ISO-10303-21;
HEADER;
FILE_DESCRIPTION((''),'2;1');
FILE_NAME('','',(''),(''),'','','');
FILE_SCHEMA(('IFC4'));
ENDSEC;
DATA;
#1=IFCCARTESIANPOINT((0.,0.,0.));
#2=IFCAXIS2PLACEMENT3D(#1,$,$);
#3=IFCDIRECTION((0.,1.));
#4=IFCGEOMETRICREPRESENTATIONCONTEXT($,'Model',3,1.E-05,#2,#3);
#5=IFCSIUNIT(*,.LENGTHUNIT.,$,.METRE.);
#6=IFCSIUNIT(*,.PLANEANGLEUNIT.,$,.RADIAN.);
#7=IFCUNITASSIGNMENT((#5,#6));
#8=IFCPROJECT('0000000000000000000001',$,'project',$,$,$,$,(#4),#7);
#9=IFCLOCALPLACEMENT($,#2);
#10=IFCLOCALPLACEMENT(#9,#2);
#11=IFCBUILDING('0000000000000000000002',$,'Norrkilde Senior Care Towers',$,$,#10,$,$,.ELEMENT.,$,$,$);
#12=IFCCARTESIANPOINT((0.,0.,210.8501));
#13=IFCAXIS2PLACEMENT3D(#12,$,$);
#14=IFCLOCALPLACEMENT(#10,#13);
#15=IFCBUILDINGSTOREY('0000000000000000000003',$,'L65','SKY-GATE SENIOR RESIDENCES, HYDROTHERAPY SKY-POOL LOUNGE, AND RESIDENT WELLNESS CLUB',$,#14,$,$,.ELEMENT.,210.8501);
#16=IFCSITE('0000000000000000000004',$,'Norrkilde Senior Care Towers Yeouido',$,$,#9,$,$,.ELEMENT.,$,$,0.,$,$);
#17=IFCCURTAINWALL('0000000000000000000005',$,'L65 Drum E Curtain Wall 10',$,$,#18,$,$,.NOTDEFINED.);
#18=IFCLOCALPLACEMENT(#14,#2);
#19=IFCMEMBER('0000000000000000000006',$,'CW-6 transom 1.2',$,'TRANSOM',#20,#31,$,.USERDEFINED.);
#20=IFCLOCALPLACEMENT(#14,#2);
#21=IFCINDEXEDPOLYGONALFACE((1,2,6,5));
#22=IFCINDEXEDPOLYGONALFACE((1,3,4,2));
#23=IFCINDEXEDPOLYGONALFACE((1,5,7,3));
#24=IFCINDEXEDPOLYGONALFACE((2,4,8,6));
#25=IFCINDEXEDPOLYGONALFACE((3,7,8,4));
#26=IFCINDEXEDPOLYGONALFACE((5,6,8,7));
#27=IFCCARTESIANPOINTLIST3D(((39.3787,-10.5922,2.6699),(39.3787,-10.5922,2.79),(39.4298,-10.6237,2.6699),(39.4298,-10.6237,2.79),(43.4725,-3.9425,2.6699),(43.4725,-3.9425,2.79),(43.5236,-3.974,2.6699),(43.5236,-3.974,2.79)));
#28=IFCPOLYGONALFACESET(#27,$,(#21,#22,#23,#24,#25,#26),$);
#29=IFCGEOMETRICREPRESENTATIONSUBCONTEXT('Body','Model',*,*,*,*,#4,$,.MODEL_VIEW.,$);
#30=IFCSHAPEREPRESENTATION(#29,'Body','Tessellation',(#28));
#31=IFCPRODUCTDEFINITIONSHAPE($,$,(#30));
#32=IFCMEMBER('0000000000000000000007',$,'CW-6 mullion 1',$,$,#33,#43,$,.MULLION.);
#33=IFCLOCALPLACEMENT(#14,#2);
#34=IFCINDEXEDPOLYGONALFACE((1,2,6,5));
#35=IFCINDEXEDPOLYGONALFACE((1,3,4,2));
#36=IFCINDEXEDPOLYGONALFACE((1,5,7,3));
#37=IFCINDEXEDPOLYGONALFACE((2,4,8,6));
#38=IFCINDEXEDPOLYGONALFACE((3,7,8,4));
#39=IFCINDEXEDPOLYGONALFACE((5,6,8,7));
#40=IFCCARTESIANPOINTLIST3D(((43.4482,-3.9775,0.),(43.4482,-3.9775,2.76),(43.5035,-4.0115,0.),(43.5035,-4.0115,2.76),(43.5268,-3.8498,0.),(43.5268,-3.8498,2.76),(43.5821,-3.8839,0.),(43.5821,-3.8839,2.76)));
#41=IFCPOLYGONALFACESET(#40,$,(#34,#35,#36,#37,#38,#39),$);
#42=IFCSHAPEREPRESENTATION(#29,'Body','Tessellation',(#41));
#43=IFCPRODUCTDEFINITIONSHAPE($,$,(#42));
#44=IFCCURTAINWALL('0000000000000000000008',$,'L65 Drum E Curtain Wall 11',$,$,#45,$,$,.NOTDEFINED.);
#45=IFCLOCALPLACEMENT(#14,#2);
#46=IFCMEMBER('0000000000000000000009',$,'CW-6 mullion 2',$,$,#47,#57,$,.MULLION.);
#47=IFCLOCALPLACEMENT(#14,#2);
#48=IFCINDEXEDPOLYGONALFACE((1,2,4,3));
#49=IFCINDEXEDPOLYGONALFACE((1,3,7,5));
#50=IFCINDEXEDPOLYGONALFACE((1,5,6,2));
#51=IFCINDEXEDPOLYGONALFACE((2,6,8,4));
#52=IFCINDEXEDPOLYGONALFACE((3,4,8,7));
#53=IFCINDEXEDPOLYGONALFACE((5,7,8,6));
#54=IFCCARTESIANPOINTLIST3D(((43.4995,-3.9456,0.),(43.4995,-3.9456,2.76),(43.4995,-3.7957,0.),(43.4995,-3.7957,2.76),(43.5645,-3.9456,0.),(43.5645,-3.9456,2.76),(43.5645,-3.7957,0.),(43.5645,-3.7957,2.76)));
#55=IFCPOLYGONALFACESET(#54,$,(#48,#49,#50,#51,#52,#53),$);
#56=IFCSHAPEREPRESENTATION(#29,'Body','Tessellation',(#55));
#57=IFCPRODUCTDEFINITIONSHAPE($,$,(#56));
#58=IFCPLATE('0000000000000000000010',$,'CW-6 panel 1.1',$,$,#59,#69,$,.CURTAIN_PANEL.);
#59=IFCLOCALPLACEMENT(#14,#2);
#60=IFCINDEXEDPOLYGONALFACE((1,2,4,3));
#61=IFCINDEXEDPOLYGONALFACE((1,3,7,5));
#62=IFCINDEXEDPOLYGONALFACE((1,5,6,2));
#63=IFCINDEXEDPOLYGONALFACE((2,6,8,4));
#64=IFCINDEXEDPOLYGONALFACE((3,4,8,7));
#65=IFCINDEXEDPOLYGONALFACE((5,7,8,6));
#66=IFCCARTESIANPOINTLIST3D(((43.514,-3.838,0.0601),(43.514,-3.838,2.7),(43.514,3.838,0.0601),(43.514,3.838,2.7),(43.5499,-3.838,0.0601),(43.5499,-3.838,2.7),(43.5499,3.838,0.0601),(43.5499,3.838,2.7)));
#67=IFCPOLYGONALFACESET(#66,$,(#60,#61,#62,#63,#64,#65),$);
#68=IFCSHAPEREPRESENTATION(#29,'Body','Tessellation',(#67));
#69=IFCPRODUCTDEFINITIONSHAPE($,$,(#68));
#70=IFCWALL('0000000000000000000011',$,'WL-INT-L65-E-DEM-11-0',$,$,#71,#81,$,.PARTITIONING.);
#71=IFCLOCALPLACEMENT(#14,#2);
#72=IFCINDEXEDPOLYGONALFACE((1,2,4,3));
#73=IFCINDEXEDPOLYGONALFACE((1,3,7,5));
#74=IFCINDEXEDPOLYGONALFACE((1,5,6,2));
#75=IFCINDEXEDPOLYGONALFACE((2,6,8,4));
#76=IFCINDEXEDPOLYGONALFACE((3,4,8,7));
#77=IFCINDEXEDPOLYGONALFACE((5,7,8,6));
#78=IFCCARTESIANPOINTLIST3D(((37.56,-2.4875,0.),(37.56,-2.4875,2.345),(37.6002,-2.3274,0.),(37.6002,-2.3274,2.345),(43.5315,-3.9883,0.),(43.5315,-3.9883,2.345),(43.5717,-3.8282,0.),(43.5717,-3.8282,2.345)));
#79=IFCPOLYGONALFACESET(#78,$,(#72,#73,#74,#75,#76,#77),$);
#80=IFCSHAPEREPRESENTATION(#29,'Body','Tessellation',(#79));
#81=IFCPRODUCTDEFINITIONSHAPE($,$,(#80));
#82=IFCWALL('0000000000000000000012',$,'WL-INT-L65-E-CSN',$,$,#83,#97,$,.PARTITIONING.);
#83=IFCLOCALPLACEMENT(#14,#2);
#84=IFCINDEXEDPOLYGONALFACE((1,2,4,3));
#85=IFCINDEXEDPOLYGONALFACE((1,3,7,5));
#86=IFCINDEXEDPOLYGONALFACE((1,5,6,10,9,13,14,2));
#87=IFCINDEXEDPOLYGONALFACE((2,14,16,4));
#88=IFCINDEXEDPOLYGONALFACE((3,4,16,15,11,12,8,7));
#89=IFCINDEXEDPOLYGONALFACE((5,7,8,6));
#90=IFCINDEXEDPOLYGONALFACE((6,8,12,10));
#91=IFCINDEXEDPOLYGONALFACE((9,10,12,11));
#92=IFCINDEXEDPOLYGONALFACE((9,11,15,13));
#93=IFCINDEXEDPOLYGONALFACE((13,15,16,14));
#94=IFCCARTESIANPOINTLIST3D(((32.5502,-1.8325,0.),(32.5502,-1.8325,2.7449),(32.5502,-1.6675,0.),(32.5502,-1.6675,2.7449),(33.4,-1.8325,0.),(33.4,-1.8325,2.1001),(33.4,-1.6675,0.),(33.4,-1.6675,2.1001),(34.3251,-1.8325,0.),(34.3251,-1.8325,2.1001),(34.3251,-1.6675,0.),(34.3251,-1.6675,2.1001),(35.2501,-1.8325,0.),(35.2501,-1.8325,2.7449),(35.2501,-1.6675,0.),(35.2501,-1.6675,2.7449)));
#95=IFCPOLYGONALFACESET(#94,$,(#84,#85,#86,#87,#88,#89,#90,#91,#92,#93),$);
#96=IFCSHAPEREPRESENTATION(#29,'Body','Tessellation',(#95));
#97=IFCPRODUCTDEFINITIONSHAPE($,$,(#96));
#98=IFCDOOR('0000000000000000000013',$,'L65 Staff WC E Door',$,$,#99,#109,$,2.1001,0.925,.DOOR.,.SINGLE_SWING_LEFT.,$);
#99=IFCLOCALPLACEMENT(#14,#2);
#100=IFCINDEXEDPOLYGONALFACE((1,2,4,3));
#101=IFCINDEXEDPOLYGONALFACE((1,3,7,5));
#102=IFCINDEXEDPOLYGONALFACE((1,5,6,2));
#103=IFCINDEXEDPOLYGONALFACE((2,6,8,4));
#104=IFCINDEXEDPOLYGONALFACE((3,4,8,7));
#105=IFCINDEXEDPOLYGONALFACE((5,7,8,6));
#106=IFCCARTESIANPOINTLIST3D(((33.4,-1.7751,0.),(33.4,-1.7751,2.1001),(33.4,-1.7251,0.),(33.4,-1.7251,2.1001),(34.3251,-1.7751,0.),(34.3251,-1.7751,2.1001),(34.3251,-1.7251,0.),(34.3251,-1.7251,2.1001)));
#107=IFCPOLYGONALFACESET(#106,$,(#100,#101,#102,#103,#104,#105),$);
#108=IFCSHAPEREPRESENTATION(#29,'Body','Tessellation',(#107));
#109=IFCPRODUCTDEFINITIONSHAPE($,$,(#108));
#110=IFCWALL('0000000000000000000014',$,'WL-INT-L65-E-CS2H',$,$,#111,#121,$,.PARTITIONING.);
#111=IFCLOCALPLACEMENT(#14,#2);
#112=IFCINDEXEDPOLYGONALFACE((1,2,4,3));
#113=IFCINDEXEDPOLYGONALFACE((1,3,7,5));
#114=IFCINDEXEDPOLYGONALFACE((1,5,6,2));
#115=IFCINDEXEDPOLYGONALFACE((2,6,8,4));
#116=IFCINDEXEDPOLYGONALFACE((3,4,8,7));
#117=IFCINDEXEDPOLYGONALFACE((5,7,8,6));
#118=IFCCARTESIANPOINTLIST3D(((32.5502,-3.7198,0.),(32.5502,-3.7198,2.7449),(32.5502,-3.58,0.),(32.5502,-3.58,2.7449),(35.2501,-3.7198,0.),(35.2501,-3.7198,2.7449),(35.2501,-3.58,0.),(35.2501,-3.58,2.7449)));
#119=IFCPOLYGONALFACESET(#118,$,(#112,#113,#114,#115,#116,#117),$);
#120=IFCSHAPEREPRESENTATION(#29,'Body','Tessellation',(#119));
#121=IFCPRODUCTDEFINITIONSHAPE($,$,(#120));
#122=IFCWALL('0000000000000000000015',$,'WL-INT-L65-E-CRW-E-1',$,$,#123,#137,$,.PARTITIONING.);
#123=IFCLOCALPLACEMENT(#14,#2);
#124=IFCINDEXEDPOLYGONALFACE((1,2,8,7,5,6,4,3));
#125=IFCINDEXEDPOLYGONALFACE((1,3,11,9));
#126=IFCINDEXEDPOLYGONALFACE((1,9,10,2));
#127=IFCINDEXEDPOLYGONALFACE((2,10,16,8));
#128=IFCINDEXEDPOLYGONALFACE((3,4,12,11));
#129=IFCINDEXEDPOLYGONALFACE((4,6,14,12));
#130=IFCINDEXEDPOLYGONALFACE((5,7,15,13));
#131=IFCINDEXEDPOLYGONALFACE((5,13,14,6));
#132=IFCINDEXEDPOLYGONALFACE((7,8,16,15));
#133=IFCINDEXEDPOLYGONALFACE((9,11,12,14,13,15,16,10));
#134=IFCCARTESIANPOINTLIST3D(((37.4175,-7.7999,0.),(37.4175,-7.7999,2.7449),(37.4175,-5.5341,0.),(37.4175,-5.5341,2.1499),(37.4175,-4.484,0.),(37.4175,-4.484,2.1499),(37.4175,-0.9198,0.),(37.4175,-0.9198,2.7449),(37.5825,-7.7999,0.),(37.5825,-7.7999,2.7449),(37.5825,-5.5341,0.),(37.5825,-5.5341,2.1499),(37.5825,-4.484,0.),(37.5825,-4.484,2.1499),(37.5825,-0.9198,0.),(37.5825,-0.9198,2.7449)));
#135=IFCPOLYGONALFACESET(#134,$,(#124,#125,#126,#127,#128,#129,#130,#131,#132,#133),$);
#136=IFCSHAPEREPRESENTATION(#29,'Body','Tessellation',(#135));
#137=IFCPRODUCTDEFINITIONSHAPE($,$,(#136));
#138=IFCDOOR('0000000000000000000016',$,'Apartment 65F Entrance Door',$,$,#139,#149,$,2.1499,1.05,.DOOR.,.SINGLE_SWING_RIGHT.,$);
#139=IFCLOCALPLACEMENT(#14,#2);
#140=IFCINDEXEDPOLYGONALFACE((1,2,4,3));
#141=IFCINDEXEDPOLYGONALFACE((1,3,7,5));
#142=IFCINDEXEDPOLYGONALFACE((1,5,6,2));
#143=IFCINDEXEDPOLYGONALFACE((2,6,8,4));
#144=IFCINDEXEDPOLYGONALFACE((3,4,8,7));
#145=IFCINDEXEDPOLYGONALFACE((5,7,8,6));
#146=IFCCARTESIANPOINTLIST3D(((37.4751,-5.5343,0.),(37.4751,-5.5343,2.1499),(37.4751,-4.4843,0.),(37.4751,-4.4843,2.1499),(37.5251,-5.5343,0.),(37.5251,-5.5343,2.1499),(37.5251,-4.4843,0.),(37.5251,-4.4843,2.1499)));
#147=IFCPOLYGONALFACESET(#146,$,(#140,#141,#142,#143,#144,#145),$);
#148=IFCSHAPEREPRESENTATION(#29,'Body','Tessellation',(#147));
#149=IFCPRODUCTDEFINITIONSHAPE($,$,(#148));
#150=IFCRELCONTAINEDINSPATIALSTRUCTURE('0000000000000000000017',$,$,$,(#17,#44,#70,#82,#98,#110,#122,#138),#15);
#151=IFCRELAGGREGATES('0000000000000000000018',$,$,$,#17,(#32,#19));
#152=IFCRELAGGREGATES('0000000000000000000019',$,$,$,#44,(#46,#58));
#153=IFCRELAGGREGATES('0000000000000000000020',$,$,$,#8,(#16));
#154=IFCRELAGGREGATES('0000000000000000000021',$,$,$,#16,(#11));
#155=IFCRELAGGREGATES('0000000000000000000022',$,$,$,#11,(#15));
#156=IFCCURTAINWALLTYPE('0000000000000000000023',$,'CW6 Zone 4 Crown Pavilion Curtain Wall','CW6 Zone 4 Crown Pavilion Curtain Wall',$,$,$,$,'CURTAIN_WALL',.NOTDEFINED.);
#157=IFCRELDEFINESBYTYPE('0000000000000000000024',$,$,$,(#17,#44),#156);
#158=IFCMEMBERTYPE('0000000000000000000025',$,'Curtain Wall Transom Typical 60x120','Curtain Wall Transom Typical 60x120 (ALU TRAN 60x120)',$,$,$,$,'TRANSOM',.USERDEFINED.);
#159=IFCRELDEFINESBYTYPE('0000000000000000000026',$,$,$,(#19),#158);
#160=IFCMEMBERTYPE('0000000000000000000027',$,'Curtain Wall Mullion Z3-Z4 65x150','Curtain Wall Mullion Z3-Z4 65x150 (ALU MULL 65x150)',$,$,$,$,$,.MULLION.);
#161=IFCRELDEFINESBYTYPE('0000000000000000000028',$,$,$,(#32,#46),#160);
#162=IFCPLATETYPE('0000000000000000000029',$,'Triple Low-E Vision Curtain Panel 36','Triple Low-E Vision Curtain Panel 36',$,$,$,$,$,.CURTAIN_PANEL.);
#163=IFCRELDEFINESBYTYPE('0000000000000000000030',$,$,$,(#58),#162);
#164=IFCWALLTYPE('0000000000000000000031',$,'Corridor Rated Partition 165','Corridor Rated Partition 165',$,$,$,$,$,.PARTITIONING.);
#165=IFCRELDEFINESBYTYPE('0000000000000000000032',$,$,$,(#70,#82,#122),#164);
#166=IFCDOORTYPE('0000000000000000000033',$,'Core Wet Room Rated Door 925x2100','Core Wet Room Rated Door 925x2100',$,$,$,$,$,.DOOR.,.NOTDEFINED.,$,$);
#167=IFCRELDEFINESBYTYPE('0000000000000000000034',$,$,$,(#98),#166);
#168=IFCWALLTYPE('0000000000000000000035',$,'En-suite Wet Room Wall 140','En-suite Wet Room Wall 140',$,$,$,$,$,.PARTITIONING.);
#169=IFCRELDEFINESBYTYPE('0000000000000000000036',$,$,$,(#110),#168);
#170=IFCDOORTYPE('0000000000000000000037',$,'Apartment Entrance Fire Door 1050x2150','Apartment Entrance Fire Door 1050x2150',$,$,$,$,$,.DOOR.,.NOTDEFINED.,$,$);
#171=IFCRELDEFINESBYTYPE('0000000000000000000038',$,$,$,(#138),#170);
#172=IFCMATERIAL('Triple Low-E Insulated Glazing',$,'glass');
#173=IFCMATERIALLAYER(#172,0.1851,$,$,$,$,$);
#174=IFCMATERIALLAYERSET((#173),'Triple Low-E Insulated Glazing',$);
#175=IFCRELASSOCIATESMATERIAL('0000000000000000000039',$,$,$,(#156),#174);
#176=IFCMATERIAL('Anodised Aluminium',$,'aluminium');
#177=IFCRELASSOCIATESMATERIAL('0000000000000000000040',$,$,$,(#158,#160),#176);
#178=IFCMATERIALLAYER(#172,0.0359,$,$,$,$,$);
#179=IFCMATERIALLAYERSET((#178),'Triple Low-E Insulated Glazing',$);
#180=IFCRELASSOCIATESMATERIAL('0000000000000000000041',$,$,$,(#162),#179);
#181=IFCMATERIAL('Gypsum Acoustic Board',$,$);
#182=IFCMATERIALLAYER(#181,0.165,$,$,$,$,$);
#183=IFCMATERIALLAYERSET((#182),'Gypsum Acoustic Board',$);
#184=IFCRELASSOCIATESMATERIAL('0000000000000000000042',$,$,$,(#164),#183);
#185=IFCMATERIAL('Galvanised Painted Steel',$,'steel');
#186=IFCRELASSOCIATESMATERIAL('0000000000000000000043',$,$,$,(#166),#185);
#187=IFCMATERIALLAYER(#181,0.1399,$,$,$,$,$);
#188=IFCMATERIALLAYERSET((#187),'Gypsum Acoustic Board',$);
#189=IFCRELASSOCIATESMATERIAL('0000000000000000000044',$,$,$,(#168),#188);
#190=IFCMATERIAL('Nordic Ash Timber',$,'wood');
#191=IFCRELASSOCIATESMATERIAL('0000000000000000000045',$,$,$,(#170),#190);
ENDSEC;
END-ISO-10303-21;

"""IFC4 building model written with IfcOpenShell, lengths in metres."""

from ifc_helpers import new_model, si_unit, direction, frame, frame_2d, origin, origin_2d, place, context, subcontext, project, spatial, rectangle, extrude, source, transform, mapped, material, layer, layer_set, material_profile, profile_set, type_object, type_shapes, element, fill, aggregate, save


model = new_model("IFC4")

# Units and contexts
model_context = context("Model", 3, precision=1e-05, world=origin(), true_north=direction((0.0, 1.0)))
body_context = subcontext(model_context, "Body", "Model", "MODEL_VIEW")
ifc_project = project(units=[si_unit("LENGTHUNIT", "METRE"), si_unit("PLANEANGLEUNIT", "RADIAN")], contexts=[model_context])

# Site, building, storey
site_placement = place(None, origin())
site = spatial("IfcSite", under=ifc_project, at=site_placement, Name="Norrkilde Senior Care Towers Yeouido", CompositionType="ELEMENT", RefElevation=0.0)
building_placement = place(site_placement, origin())
building = spatial("IfcBuilding", under=site, at=building_placement, Name="Norrkilde Senior Care Towers", CompositionType="ELEMENT")
storey_placement = place(building_placement, frame((0.0, 0.0, 210.8501)))
storey = spatial("IfcBuildingStorey", under=building, at=storey_placement, Name="L65", Description="SKY-GATE SENIOR RESIDENCES, HYDROTHERAPY SKY-POOL LOUNGE, AND RESIDENT WELLNESS CLUB", CompositionType="ELEMENT", Elevation=210.8501)

# Curtain wall, members
ifc_material_1 = material(Name="Triple Low-E Insulated Glazing", Category="glass")
ifc_layer_1 = layer(ifc_material_1, 0.1851)
ifc_layer_set_1 = layer_set([ifc_layer_1], Name="Triple Low-E Insulated Glazing")
curtain_wall_type = type_object("IfcCurtainWallType", Name="CW6 Zone 4 Crown Pavilion Curtain Wall", Description="CW6 Zone 4 Crown Pavilion Curtain Wall", ElementType="CURTAIN_WALL", PredefinedType="NOTDEFINED", material=ifc_layer_set_1)
curtain_wall_1_placement = place(storey_placement, origin())
curtain_wall_1 = element("IfcCurtainWall", 1, at=curtain_wall_1_placement, inside=storey, type_object=curtain_wall_type, Name="L65 Drum E Curtain Wall 10", PredefinedType="NOTDEFINED")
ifc_material_2 = material(Name="Anodised Aluminium", Category="aluminium")
ifc_material_profile_1 = material_profile(ifc_material_2, rectangle(XDim=0.0601, YDim=0.1201, at=origin_2d()), Name="ALU TRAN 60x120")
ifc_profile_set_1 = profile_set([ifc_material_profile_1], Name="Anodised Aluminium")
member_type_1 = type_object("IfcMemberType", Name="Curtain Wall Transom Typical 60x120", Description="Curtain Wall Transom Typical 60x120 (ALU TRAN 60x120)", ElementType="TRANSOM", PredefinedType="USERDEFINED", material=ifc_profile_set_1)
shared_shape_1 = source(origin(), body_context, "Body", "SweptSolid", [
    extrude(rectangle(XDim=0.0601, YDim=0.1201, at=origin_2d()), origin(), (0.0, 0.0, 1.0), 7.8088),
])
type_shapes(member_type_1, [shared_shape_1])
member_1_placement = place(storey_placement, frame((43.498, -3.9583, 2.73), z_axis=(-0.524251, -0.851564, 0.0), x_axis=(0.851564, -0.524251, 0.0)))
member_1 = element("IfcMember", 2, at=member_1_placement, type_object=member_type_1, Name="CW-6 transom 1.2", ObjectType="TRANSOM", PredefinedType="USERDEFINED", context=body_context, shape_type="MappedRepresentation", body=[
    mapped(shared_shape_1, transform((0.0, 0.0, 0.0), x_axis=(1.0, 0.0, 0.0), y_axis=(0.0, 1.0, 0.0), z_axis=(0.0, 0.0, 1.0), scale=1.0)),
])
ifc_material_profile_2 = material_profile(ifc_material_2, rectangle(XDim=0.0649, YDim=0.1499, at=origin_2d()), Name="ALU MULL 65x150")
ifc_profile_set_2 = profile_set([ifc_material_profile_2], Name="Anodised Aluminium")
member_type_2 = type_object("IfcMemberType", Name="Curtain Wall Mullion Z3-Z4 65x150", Description="Curtain Wall Mullion Z3-Z4 65x150 (ALU MULL 65x150)", PredefinedType="MULLION", material=ifc_profile_set_2)
shared_shape_2 = source(origin(), body_context, "Body", "SweptSolid", [
    extrude(rectangle(XDim=0.0649, YDim=0.1499, at=origin_2d()), origin(), (0.0, 0.0, 1.0), 2.76),
])
type_shapes(member_type_2, [shared_shape_2])
member_2_placement = place(storey_placement, frame((43.5151, -3.9307, 0.0), z_axis=(0.0, 0.0, 1.0), x_axis=(0.851563, -0.524253, 0.0)))
member_2 = element("IfcMember", 3, at=member_2_placement, type_object=member_type_2, Name="CW-6 mullion 1", PredefinedType="MULLION", context=body_context, shape_type="MappedRepresentation", body=[
    mapped(shared_shape_2, transform((0.0, 0.0, 0.0), x_axis=(1.0, 0.0, 0.0), y_axis=(0.0, 1.0, 0.0), z_axis=(0.0, 0.0, 1.0), scale=1.0)),
])
aggregate(curtain_wall_1, [member_2, member_1])

# Curtain wall, member, plate
curtain_wall_2_placement = place(storey_placement, origin())
curtain_wall_2 = element("IfcCurtainWall", 4, at=curtain_wall_2_placement, inside=storey, type_object=curtain_wall_type, Name="L65 Drum E Curtain Wall 11", PredefinedType="NOTDEFINED")
member_3_placement = place(storey_placement, frame((43.532, -3.8706, 0.0), z_axis=(0.0, 0.0, 1.0), x_axis=(1.0, 0.0, 0.0)))
member_3 = element("IfcMember", 5, at=member_3_placement, type_object=member_type_2, Name="CW-6 mullion 2", PredefinedType="MULLION", context=body_context, shape_type="MappedRepresentation", body=[
    mapped(shared_shape_2, transform((0.0, 0.0, 0.0), x_axis=(1.0, 0.0, 0.0), y_axis=(0.0, 1.0, 0.0), z_axis=(0.0, 0.0, 1.0), scale=1.0)),
])
ifc_layer_2 = layer(ifc_material_1, 0.0359)
ifc_layer_set_2 = layer_set([ifc_layer_2], Name="Triple Low-E Insulated Glazing")
plate_type = type_object("IfcPlateType", Name="Triple Low-E Vision Curtain Panel 36", Description="Triple Low-E Vision Curtain Panel 36", PredefinedType="CURTAIN_PANEL", material=ifc_layer_set_2)
shared_shape_3 = source(origin(), body_context, "Body", "SweptSolid", [
    extrude(rectangle(XDim=7.676, YDim=0.0359, at=origin_2d()), origin(), (0.0, 0.0, 1.0), 2.6399),
])
type_shapes(plate_type, [shared_shape_3])
plate_placement = place(storey_placement, frame((43.532, 0.0, 0.0601), z_axis=(0.0, 0.0, 1.0), x_axis=(0.0, -1.0, 0.0)))
plate = element("IfcPlate", 6, at=plate_placement, type_object=plate_type, Name="CW-6 panel 1.1", PredefinedType="CURTAIN_PANEL", context=body_context, shape_type="MappedRepresentation", body=[
    mapped(shared_shape_3, transform((0.0, 0.0, 0.0), x_axis=(1.0, 0.0, 0.0), y_axis=(0.0, 1.0, 0.0), z_axis=(0.0, 0.0, 1.0), scale=1.0)),
])
aggregate(curtain_wall_2, [member_3, plate])

# Wall
ifc_material_3 = material(Name="Gypsum Acoustic Board")
ifc_layer_3 = layer(ifc_material_3, 0.165)
ifc_layer_set_3 = layer_set([ifc_layer_3], Name="Gypsum Acoustic Board")
wall_type_1 = type_object("IfcWallType", Name="Corridor Rated Partition 165", Description="Corridor Rated Partition 165", PredefinedType="PARTITIONING", material=ifc_layer_set_3)
shared_shape_4 = source(origin(), body_context, "Body", "SweptSolid", [
    extrude(rectangle(XDim=6.1572, YDim=0.165, at=frame_2d((3.0786, 0.0))), origin(), (0.0, 0.0, 1.0), 2.345),
])
wall_1_placement = place(storey_placement, frame((37.5801, -2.4075, 0.0), z_axis=(0.0, 0.0, 1.0), x_axis=(0.969841, -0.243739, 0.0)))
element("IfcWall", 7, at=wall_1_placement, inside=storey, type_object=wall_type_1, Name="WL-INT-L65-E-DEM-11-0", PredefinedType="PARTITIONING", context=body_context, shape_type="MappedRepresentation", body=[
    mapped(shared_shape_4, transform((0.0, 0.0, 0.0), x_axis=(1.0, 0.0, 0.0), y_axis=(0.0, 1.0, 0.0), z_axis=(0.0, 0.0, 1.0), scale=1.0)),
])

# Wall, opening, door
shared_shape_5 = source(origin(), body_context, "Body", "SweptSolid", [
    extrude(rectangle(XDim=2.7, YDim=0.165, at=frame_2d((1.3501, 0.0))), origin(), (0.0, 0.0, 1.0), 2.7449),
])
wall_2_placement = place(storey_placement, frame((32.55, -1.75, 0.0), z_axis=(0.0, 0.0, 1.0), x_axis=(1.0, 0.0, 0.0)))
wall_2 = element("IfcWall", 8, at=wall_2_placement, inside=storey, type_object=wall_type_1, Name="WL-INT-L65-E-CSN", PredefinedType="PARTITIONING", context=body_context, shape_type="MappedRepresentation", body=[
    mapped(shared_shape_5, transform((0.0, 0.0, 0.0), x_axis=(1.0, 0.0, 0.0), y_axis=(0.0, 1.0, 0.0), z_axis=(0.0, 0.0, 1.0), scale=1.0)),
])
opening_1_placement = place(wall_2_placement, frame((0.8501, 0.0, 0.0)))
opening_1 = element("IfcOpeningElement", 9, at=opening_1_placement, cuts=wall_2, PredefinedType="OPENING", context=body_context, shape_type="SweptSolid", body=[
    extrude(rectangle(XDim=0.925, YDim=2.1001, at=frame_2d((0.4624, 1.05))), frame((0.0, 0.0925, 0.0), z_axis=(0.0, -1.0, 0.0), x_axis=(1.0, 0.0, 0.0)), (0.0, 0.0, 1.0), 0.1851),
])
ifc_material_4 = material(Name="Galvanised Painted Steel", Category="steel")
door_type_1 = type_object("IfcDoorType", Name="Core Wet Room Rated Door 925x2100", Description="Core Wet Room Rated Door 925x2100", OperationType="NOTDEFINED", PredefinedType="DOOR", material=ifc_material_4)
shared_shape_6 = source(origin(), body_context, "Body", "SweptSolid", [
    extrude(rectangle(XDim=0.925, YDim=2.1001, at=frame_2d((0.4624, 1.05))), frame((0.0, 0.0249, 0.0), z_axis=(0.0, -1.0, 0.0), x_axis=(1.0, 0.0, 0.0)), (0.0, 0.0, 1.0), 0.05),
])
type_shapes(door_type_1, [shared_shape_6])
door_1_placement = place(opening_1_placement, origin())
door_1 = element("IfcDoor", 10, at=door_1_placement, inside=storey, type_object=door_type_1, Name="L65 Staff WC E Door", OperationType="SINGLE_SWING_LEFT", OverallHeight=2.1001, OverallWidth=0.925, PredefinedType="DOOR", context=body_context, shape_type="MappedRepresentation", body=[
    mapped(shared_shape_6, transform((0.0, 0.0, 0.0), x_axis=(1.0, 0.0, 0.0), y_axis=(0.0, 1.0, 0.0), z_axis=(0.0, 0.0, 1.0), scale=1.0)),
])
fill(opening_1, door_1)

# Wall
ifc_layer_4 = layer(ifc_material_3, 0.1399)
ifc_layer_set_4 = layer_set([ifc_layer_4], Name="Gypsum Acoustic Board")
wall_type_2 = type_object("IfcWallType", Name="En-suite Wet Room Wall 140", Description="En-suite Wet Room Wall 140", PredefinedType="PARTITIONING", material=ifc_layer_set_4)
shared_shape_7 = source(origin(), body_context, "Body", "SweptSolid", [
    extrude(rectangle(XDim=2.7, YDim=0.1399, at=frame_2d((1.3501, 0.0))), origin(), (0.0, 0.0, 1.0), 2.7449),
])
type_shapes(wall_type_2, [shared_shape_7])
wall_3_placement = place(storey_placement, frame((32.55, -3.6499, 0.0), z_axis=(0.0, 0.0, 1.0), x_axis=(1.0, 0.0, 0.0)))
element("IfcWall", 11, at=wall_3_placement, inside=storey, type_object=wall_type_2, Name="WL-INT-L65-E-CS2H", PredefinedType="PARTITIONING", context=body_context, shape_type="MappedRepresentation", body=[
    mapped(shared_shape_7, transform((0.0, 0.0, 0.0), x_axis=(1.0, 0.0, 0.0), y_axis=(0.0, 1.0, 0.0), z_axis=(0.0, 0.0, 1.0), scale=1.0)),
])

# Wall, opening, door
shared_shape_8 = source(origin(), body_context, "Body", "SweptSolid", [
    extrude(rectangle(XDim=6.8801, YDim=0.165, at=frame_2d((3.4399, 0.0))), origin(), (0.0, 0.0, 1.0), 2.7449),
])
wall_4_placement = place(storey_placement, frame((37.5, -0.9199, 0.0), z_axis=(0.0, 0.0, 1.0), x_axis=(0.0, -1.0, 0.0)))
wall_4 = element("IfcWall", 12, at=wall_4_placement, inside=storey, type_object=wall_type_1, Name="WL-INT-L65-E-CRW-E-1", PredefinedType="PARTITIONING", context=body_context, shape_type="MappedRepresentation", body=[
    mapped(shared_shape_8, transform((0.0, 0.0, 0.0), x_axis=(1.0, 0.0, 0.0), y_axis=(0.0, 1.0, 0.0), z_axis=(0.0, 0.0, 1.0), scale=1.0)),
])
opening_2_placement = place(wall_4_placement, frame((3.5642, 0.0, 0.0)))
opening_2 = element("IfcOpeningElement", 13, at=opening_2_placement, cuts=wall_4, PredefinedType="OPENING", context=body_context, shape_type="SweptSolid", body=[
    extrude(rectangle(XDim=1.05, YDim=2.1499, at=frame_2d((0.5249, 1.075))), frame((0.0, 0.0925, 0.0), z_axis=(0.0, -1.0, 0.0), x_axis=(1.0, 0.0, 0.0)), (0.0, 0.0, 1.0), 0.1851),
])
ifc_material_5 = material(Name="Nordic Ash Timber", Category="wood")
door_type_2 = type_object("IfcDoorType", Name="Apartment Entrance Fire Door 1050x2150", Description="Apartment Entrance Fire Door 1050x2150", OperationType="NOTDEFINED", PredefinedType="DOOR", material=ifc_material_5)
shared_shape_9 = source(origin(), body_context, "Body", "SweptSolid", [
    extrude(rectangle(XDim=1.05, YDim=2.1499, at=frame_2d((0.5249, 1.075))), frame((0.0, 0.0249, 0.0), z_axis=(0.0, -1.0, 0.0), x_axis=(1.0, 0.0, 0.0)), (0.0, 0.0, 1.0), 0.05),
])
type_shapes(door_type_2, [shared_shape_9])
door_2_placement = place(opening_2_placement, frame((1.05, 0.0, 0.0), z_axis=(0.0, 0.0, 1.0), x_axis=(-1.0, 0.0, 0.0)))
door_2 = element("IfcDoor", 14, at=door_2_placement, inside=storey, type_object=door_type_2, Name="Apartment 65F Entrance Door", OperationType="SINGLE_SWING_RIGHT", OverallHeight=2.1499, OverallWidth=1.05, PredefinedType="DOOR", context=body_context, shape_type="MappedRepresentation", body=[
    mapped(shared_shape_9, transform((0.0, 0.0, 0.0), x_axis=(1.0, 0.0, 0.0), y_axis=(0.0, 1.0, 0.0), z_axis=(0.0, 0.0, 1.0), scale=1.0)),
])
fill(opening_2, door_2)

save(model, "model.ifc")
